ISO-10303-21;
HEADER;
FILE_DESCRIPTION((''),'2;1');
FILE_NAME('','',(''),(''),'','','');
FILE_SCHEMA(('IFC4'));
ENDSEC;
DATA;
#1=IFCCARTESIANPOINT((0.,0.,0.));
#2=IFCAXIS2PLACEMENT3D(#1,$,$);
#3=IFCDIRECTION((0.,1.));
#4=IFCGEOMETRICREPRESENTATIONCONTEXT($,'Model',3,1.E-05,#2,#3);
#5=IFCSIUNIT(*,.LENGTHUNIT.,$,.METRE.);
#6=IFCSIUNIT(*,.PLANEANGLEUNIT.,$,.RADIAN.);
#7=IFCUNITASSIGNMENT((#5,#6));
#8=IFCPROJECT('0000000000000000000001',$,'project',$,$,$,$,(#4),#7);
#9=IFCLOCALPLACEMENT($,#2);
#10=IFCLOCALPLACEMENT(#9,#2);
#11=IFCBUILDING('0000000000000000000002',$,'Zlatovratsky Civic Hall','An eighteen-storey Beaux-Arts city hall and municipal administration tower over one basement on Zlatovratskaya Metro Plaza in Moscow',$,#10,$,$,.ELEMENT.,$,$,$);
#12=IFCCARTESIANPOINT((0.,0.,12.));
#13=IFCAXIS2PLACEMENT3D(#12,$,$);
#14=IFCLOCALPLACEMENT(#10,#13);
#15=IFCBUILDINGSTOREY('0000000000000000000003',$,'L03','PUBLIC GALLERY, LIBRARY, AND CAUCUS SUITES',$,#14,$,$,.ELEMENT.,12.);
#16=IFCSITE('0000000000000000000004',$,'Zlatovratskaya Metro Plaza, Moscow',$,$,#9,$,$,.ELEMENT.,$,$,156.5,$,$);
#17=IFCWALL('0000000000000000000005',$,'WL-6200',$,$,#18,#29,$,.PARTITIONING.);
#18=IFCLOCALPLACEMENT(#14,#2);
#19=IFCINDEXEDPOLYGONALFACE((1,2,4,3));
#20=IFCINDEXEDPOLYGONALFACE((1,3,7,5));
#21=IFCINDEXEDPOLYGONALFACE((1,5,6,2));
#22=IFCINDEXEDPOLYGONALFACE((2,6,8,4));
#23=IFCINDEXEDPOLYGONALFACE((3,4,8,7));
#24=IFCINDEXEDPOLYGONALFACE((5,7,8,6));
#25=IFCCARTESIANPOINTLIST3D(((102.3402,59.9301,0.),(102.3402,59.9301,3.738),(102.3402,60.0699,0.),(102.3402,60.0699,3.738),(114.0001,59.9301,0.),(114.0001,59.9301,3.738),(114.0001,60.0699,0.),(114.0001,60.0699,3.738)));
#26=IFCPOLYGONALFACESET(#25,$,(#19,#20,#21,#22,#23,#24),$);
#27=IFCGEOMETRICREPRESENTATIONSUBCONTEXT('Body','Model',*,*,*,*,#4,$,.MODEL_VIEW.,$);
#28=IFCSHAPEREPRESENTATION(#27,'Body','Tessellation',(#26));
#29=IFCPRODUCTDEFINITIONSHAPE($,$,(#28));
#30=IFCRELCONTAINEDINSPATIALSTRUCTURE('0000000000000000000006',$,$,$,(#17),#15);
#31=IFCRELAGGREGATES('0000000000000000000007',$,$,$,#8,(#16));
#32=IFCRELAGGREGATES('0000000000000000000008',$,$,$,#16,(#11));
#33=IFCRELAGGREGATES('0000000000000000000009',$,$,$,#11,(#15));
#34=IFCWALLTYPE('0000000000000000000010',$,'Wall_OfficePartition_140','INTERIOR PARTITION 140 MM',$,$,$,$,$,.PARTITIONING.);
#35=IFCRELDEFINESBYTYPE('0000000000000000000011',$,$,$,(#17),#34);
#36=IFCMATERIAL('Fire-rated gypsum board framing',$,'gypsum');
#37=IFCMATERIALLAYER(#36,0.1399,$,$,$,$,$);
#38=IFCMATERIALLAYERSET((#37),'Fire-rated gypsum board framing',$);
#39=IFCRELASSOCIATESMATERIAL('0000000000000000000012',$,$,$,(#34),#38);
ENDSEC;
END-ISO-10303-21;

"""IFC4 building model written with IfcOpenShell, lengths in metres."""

from ifc_helpers import new_model, si_unit, direction, frame, frame_2d, origin, place, context, subcontext, project, spatial, rectangle, extrude, material, layer, layer_set, type_object, element, save


model = new_model("IFC4")

# Units and contexts
model_context = context("Model", 3, precision=1e-05, world=origin(), true_north=direction((0.0, 1.0)))
body_context = subcontext(model_context, "Body", "Model", "MODEL_VIEW")
ifc_project = project(units=[si_unit("LENGTHUNIT", "METRE"), si_unit("PLANEANGLEUNIT", "RADIAN")], contexts=[model_context])

# Site, building, storey
site_placement = place(None, origin())
site = spatial("IfcSite", under=ifc_project, at=site_placement, Name="Zlatovratskaya Metro Plaza, Moscow", CompositionType="ELEMENT", RefElevation=156.5)
building_placement = place(site_placement, origin())
building = spatial("IfcBuilding", under=site, at=building_placement, Name="Zlatovratsky Civic Hall", Description="An eighteen-storey Beaux-Arts city hall and municipal administration tower over one basement on Zlatovratskaya Metro Plaza in Moscow", CompositionType="ELEMENT")
storey_placement = place(building_placement, frame((0.0, 0.0, 12.0)))
storey = spatial("IfcBuildingStorey", under=building, at=storey_placement, Name="L03", Description="PUBLIC GALLERY, LIBRARY, AND CAUCUS SUITES", CompositionType="ELEMENT", Elevation=12.0)

# Wall
ifc_material_1 = material(Name="Fire-rated gypsum board framing", Category="gypsum")
ifc_layer_1 = layer(ifc_material_1, 0.1399)
ifc_layer_set_1 = layer_set([ifc_layer_1], Name="Fire-rated gypsum board framing")
wall_type_1 = type_object("IfcWallType", Name="Wall_OfficePartition_140", Description="INTERIOR PARTITION 140 MM", PredefinedType="PARTITIONING", material=ifc_layer_set_1)
for number, where, z_axis, x_axis, name in (
    (1, (102.3401, 60.0, 0.0), (0.0, 0.0, 1.0), (1.0, 0.0, 0.0), "WL-6200"),
):
    element("IfcWall", number, at=place(storey_placement, frame(where, z_axis=z_axis, x_axis=x_axis)), inside=storey, type_object=wall_type_1, Name=name, PredefinedType="PARTITIONING", context=body_context, shape_type="SweptSolid", body=[
        extrude(rectangle(XDim=11.6599, YDim=0.1399, at=frame_2d((5.8301, 0.0))), origin(), (0.0, 0.0, 1.0), 3.738),
    ])

save(model, "model.ifc")
